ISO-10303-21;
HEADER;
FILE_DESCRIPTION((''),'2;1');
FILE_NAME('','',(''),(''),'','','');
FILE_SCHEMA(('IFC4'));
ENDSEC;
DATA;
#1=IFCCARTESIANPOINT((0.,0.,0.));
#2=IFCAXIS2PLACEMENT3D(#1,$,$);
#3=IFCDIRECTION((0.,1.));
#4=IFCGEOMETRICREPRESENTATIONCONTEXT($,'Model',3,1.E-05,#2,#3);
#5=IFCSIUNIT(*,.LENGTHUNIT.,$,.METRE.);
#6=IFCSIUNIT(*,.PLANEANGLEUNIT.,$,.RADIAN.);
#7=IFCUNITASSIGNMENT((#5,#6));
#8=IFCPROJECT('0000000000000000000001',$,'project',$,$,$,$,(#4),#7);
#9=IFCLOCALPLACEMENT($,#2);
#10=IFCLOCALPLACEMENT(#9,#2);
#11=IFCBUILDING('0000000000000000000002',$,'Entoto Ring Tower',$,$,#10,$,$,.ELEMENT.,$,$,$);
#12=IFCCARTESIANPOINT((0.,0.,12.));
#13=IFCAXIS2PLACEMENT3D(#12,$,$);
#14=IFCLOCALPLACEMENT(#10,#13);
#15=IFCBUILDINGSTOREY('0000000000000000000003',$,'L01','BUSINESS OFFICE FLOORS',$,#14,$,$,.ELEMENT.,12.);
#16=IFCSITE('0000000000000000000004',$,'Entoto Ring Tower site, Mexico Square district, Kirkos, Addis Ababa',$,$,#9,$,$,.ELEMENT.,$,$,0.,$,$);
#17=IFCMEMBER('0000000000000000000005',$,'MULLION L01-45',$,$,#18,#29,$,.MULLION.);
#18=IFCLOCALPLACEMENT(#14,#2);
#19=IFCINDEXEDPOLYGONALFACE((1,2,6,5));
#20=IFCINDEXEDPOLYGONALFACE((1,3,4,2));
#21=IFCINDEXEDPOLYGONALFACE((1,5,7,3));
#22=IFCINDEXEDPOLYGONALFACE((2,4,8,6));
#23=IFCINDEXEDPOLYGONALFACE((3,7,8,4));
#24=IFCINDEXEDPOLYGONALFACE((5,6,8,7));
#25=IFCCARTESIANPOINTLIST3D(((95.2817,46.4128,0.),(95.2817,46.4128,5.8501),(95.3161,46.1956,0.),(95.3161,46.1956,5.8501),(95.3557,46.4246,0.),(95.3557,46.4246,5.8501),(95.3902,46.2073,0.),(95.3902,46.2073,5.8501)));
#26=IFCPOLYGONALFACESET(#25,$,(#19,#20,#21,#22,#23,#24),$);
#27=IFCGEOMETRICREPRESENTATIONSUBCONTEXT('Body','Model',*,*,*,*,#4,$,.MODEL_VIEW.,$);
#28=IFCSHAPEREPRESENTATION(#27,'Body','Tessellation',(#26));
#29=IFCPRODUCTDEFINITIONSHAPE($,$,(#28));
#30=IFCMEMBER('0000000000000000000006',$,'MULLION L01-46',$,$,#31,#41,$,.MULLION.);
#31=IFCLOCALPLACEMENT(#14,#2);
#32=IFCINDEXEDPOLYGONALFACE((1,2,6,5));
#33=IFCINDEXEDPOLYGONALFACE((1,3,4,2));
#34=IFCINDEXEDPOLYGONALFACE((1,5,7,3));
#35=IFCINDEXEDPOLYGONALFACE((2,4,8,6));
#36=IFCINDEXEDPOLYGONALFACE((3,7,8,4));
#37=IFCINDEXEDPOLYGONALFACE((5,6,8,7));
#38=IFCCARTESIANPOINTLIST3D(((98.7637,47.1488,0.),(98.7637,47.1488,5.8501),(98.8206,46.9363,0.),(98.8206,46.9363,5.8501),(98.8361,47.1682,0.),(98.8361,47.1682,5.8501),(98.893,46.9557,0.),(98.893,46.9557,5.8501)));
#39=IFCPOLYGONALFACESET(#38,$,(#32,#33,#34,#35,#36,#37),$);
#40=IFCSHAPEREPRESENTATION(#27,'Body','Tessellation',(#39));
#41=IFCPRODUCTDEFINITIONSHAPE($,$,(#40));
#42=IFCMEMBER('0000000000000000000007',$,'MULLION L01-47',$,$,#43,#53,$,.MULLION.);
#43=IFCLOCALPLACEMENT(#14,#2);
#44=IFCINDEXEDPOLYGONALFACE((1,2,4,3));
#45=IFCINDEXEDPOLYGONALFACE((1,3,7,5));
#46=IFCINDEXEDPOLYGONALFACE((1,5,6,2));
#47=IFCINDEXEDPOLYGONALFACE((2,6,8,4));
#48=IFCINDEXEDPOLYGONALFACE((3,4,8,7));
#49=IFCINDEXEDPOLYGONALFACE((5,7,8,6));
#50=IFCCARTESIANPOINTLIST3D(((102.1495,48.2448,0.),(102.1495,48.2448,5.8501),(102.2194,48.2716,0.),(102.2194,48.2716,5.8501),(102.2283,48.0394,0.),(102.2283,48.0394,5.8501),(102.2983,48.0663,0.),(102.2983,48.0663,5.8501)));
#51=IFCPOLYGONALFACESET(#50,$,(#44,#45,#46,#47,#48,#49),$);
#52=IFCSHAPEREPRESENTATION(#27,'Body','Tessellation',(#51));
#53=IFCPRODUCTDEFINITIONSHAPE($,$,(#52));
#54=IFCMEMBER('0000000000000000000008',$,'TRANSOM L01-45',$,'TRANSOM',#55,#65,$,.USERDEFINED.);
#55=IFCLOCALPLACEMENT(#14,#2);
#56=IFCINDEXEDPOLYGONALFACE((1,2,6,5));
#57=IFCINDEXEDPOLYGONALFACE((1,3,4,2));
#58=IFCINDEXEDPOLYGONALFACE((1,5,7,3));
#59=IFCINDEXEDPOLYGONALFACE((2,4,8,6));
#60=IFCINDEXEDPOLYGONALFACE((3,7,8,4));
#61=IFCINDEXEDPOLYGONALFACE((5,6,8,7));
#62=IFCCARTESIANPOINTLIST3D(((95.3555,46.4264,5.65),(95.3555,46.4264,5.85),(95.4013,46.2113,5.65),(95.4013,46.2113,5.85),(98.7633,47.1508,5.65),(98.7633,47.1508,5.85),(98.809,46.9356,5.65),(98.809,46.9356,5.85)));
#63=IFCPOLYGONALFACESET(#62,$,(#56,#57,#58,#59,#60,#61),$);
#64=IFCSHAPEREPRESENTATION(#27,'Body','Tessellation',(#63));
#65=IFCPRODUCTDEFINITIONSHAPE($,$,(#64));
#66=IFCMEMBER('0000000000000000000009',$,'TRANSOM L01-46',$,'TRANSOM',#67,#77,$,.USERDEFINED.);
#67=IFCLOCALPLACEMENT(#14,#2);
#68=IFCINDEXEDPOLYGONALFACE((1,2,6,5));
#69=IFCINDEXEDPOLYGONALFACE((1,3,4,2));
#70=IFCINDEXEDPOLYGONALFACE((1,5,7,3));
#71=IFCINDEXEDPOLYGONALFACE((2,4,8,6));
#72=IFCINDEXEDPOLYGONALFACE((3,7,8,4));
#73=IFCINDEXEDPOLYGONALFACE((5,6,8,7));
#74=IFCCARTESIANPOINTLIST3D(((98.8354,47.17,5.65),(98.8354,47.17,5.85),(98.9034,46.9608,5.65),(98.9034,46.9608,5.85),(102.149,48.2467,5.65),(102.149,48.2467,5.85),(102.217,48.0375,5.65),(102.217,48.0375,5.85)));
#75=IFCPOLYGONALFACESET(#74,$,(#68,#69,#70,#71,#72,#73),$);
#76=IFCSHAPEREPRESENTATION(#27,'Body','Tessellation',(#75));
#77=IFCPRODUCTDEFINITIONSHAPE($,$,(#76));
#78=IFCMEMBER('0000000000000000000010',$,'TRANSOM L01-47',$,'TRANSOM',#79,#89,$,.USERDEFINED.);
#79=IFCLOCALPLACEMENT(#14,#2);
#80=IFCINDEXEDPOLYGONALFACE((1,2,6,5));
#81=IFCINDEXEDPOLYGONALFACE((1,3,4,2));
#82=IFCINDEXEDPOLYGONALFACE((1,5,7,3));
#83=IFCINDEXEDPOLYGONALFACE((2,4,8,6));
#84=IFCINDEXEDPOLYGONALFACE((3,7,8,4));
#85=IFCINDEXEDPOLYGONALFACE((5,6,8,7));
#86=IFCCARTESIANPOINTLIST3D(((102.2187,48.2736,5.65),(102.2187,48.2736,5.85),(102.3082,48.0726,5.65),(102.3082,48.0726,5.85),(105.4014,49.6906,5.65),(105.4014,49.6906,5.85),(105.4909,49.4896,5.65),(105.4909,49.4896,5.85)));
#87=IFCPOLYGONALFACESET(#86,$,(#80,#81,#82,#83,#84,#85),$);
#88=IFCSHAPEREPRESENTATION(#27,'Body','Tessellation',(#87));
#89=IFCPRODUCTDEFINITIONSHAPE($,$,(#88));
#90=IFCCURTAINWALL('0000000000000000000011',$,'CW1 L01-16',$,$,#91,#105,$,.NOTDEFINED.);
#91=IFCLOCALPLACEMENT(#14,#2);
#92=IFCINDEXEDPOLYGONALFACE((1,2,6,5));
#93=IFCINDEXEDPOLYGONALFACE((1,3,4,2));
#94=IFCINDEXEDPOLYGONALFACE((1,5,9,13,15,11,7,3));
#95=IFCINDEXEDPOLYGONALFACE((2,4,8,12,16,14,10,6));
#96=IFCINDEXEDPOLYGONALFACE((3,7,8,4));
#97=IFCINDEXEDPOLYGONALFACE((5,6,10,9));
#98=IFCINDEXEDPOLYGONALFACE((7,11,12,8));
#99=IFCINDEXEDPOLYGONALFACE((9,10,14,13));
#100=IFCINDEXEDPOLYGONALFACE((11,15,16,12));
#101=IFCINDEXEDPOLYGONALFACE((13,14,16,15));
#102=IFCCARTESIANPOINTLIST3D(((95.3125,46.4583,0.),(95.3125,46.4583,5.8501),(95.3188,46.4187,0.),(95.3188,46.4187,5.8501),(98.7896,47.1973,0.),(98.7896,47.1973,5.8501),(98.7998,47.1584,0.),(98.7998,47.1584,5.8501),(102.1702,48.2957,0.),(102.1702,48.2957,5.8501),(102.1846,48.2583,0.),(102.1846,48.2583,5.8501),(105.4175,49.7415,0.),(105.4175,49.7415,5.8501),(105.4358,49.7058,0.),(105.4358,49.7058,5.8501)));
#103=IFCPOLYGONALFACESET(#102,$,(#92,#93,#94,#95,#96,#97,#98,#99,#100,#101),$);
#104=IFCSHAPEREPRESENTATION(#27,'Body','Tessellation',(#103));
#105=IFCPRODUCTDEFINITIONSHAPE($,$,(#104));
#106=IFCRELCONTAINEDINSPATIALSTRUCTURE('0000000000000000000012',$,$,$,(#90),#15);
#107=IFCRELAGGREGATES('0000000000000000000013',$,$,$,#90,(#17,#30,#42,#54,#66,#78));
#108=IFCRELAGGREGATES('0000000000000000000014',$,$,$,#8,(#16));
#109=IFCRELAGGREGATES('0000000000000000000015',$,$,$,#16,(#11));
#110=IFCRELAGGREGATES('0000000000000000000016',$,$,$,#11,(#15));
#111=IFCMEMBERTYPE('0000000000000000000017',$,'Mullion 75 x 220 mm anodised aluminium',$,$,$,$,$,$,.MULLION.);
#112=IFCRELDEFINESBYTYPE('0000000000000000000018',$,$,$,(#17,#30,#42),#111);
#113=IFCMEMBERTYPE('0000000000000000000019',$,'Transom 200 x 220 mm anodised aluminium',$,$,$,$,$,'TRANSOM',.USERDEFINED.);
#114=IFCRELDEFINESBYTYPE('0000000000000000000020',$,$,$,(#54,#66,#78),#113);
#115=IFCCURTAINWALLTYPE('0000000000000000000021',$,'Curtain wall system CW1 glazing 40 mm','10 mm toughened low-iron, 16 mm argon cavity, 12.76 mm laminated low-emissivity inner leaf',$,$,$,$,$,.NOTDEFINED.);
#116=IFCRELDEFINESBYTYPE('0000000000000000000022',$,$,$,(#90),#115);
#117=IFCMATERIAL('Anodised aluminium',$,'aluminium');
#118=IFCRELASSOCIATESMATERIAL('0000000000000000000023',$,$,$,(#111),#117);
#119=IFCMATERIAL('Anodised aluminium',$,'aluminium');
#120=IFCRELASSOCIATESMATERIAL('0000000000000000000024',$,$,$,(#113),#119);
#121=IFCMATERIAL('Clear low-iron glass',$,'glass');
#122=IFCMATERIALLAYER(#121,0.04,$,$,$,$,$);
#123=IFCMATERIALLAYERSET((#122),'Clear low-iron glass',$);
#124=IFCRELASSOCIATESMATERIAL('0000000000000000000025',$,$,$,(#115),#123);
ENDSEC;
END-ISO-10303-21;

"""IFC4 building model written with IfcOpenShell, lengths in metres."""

from ifc_helpers import new_model, si_unit, direction, frame, origin, origin_2d, place, context, subcontext, project, spatial, polyline, rectangle, outline, extrude, material, layer, layer_set, material_profile, profile_set, type_object, element, aggregate, save


model = new_model("IFC4")

# Units and contexts
model_context = context("Model", 3, precision=1e-05, world=origin(), true_north=direction((0.0, 1.0)))
body_context = subcontext(model_context, "Body", "Model", "MODEL_VIEW")
ifc_project = project(units=[si_unit("LENGTHUNIT", "METRE"), si_unit("PLANEANGLEUNIT", "RADIAN")], contexts=[model_context])

# Members
ifc_material_1 = material(Name="Anodised aluminium", Category="aluminium")
ifc_material_profile_1 = material_profile(ifc_material_1, rectangle(XDim=0.075, YDim=0.22, at=origin_2d()), Name="Mullion 75 x 220 mm anodised aluminium")
ifc_profile_set_1 = profile_set([ifc_material_profile_1], Name="Anodised aluminium")
member_type_1 = type_object("IfcMemberType", Name="Mullion 75 x 220 mm anodised aluminium", PredefinedType="MULLION", material=ifc_profile_set_1)
site_placement = place(None, origin())
building_placement = place(site_placement, origin())
storey_placement = place(building_placement, frame((0.0, 0.0, 12.0)))
member_1_placement = place(storey_placement, frame((95.3359, 46.3101, 0.0), z_axis=(0.0, 0.0, 1.0), x_axis=(0.987688, 0.156434, 0.0)))
member_1 = element("IfcMember", 1, at=member_1_placement, type_object=member_type_1, Name="MULLION L01-45", PredefinedType="MULLION", context=body_context, shape_type="SweptSolid", body=[
    extrude(rectangle(XDim=0.075, YDim=0.22, at=origin_2d()), origin(), (0.0, 0.0, 1.0), 5.8501),
])
member_2_placement = place(storey_placement, frame((98.8284, 47.0522, 0.0), z_axis=(0.0, 0.0, 1.0), x_axis=(0.965926, 0.258819, 0.0)))
member_2 = element("IfcMember", 2, at=member_2_placement, type_object=member_type_1, Name="MULLION L01-46", PredefinedType="MULLION", context=body_context, shape_type="SweptSolid", body=[
    extrude(rectangle(XDim=0.075, YDim=0.22, at=origin_2d()), origin(), (0.0, 0.0, 1.0), 5.8501),
])
member_3_placement = place(storey_placement, frame((102.2239, 48.1555, 0.0), z_axis=(0.0, 0.0, 1.0), x_axis=(0.93358, 0.358368, 0.0)))
member_3 = element("IfcMember", 3, at=member_3_placement, type_object=member_type_1, Name="MULLION L01-47", PredefinedType="MULLION", context=body_context, shape_type="SweptSolid", body=[
    extrude(rectangle(XDim=0.075, YDim=0.22, at=origin_2d()), origin(), (0.0, 0.0, 1.0), 5.8501),
])
ifc_material_2 = material(Name="Anodised aluminium", Category="aluminium")
ifc_material_profile_2 = material_profile(ifc_material_2, rectangle(XDim=0.22, YDim=0.2, at=origin_2d()), Name="Transom 200 x 220 mm anodised aluminium")
ifc_profile_set_2 = profile_set([ifc_material_profile_2], Name="Anodised aluminium")
member_type_2 = type_object("IfcMemberType", Name="Transom 200 x 220 mm anodised aluminium", ElementType="TRANSOM", PredefinedType="USERDEFINED", material=ifc_profile_set_2)
member_4_placement = place(storey_placement, frame((95.3784, 46.3188, 5.75), z_axis=(0.978146, 0.207921, 0.0), x_axis=(-0.207921, 0.978146, 0.0)))
member_4 = element("IfcMember", 4, at=member_4_placement, type_object=member_type_2, Name="TRANSOM L01-45", ObjectType="TRANSOM", PredefinedType="USERDEFINED", context=body_context, shape_type="SweptSolid", body=[
    extrude(rectangle(XDim=0.22, YDim=0.2, at=origin_2d()), origin(), (0.0, 0.0, 1.0), 3.4839),
])
member_5_placement = place(storey_placement, frame((98.8694, 47.0654, 5.75), z_axis=(0.951053, 0.309029, 0.0), x_axis=(-0.309029, 0.951053, 0.0)))
member_5 = element("IfcMember", 5, at=member_5_placement, type_object=member_type_2, Name="TRANSOM L01-46", ObjectType="TRANSOM", PredefinedType="USERDEFINED", context=body_context, shape_type="SweptSolid", body=[
    extrude(rectangle(XDim=0.22, YDim=0.2, at=origin_2d()), origin(), (0.0, 0.0, 1.0), 3.4841),
])
member_6_placement = place(storey_placement, frame((102.2634, 48.1731, 5.75), z_axis=(0.913545, 0.406737, 0.0), x_axis=(-0.406737, 0.913545, 0.0)))
member_6 = element("IfcMember", 6, at=member_6_placement, type_object=member_type_2, Name="TRANSOM L01-47", ObjectType="TRANSOM", PredefinedType="USERDEFINED", context=body_context, shape_type="SweptSolid", body=[
    extrude(rectangle(XDim=0.22, YDim=0.2, at=origin_2d()), origin(), (0.0, 0.0, 1.0), 3.4839),
])

# Site, building, storey
site = spatial("IfcSite", under=ifc_project, at=site_placement, Name="Entoto Ring Tower site, Mexico Square district, Kirkos, Addis Ababa", CompositionType="ELEMENT", RefElevation=0.0)
building = spatial("IfcBuilding", under=site, at=building_placement, Name="Entoto Ring Tower", CompositionType="ELEMENT")
storey = spatial("IfcBuildingStorey", under=building, at=storey_placement, Name="L01", Description="BUSINESS OFFICE FLOORS", CompositionType="ELEMENT", Elevation=12.0)

# Curtain wall
ifc_material_3 = material(Name="Clear low-iron glass", Category="glass")
ifc_layer = layer(ifc_material_3, 0.04)
ifc_layer_set = layer_set([ifc_layer], Name="Clear low-iron glass")
curtain_wall_type = type_object("IfcCurtainWallType", Name="Curtain wall system CW1 glazing 40 mm", Description="10 mm toughened low-iron, 16 mm argon cavity, 12.76 mm laminated low-emissivity inner leaf", PredefinedType="NOTDEFINED", material=ifc_layer_set)
curtain_wall_1_placement = place(storey_placement, origin())
curtain_wall_1 = element("IfcCurtainWall", 7, at=curtain_wall_1_placement, inside=storey, type_object=curtain_wall_type, Name="CW1 L01-16", PredefinedType="NOTDEFINED", context=body_context, shape_type="SweptSolid", body=[
    extrude(outline(polyline([(95.3188, 46.4187), (98.7998, 47.1584), (102.1846, 48.2583), (105.4358, 49.7058), (105.4175, 49.7415), (102.1702, 48.2957), (98.7896, 47.1973), (95.3125, 46.4583), (95.3188, 46.4187)])), origin(), (0.0, 0.0, 1.0), 5.8501),
])
aggregate(curtain_wall_1, [member_1, member_2, member_3, member_4, member_5, member_6])

save(model, "model.ifc")
